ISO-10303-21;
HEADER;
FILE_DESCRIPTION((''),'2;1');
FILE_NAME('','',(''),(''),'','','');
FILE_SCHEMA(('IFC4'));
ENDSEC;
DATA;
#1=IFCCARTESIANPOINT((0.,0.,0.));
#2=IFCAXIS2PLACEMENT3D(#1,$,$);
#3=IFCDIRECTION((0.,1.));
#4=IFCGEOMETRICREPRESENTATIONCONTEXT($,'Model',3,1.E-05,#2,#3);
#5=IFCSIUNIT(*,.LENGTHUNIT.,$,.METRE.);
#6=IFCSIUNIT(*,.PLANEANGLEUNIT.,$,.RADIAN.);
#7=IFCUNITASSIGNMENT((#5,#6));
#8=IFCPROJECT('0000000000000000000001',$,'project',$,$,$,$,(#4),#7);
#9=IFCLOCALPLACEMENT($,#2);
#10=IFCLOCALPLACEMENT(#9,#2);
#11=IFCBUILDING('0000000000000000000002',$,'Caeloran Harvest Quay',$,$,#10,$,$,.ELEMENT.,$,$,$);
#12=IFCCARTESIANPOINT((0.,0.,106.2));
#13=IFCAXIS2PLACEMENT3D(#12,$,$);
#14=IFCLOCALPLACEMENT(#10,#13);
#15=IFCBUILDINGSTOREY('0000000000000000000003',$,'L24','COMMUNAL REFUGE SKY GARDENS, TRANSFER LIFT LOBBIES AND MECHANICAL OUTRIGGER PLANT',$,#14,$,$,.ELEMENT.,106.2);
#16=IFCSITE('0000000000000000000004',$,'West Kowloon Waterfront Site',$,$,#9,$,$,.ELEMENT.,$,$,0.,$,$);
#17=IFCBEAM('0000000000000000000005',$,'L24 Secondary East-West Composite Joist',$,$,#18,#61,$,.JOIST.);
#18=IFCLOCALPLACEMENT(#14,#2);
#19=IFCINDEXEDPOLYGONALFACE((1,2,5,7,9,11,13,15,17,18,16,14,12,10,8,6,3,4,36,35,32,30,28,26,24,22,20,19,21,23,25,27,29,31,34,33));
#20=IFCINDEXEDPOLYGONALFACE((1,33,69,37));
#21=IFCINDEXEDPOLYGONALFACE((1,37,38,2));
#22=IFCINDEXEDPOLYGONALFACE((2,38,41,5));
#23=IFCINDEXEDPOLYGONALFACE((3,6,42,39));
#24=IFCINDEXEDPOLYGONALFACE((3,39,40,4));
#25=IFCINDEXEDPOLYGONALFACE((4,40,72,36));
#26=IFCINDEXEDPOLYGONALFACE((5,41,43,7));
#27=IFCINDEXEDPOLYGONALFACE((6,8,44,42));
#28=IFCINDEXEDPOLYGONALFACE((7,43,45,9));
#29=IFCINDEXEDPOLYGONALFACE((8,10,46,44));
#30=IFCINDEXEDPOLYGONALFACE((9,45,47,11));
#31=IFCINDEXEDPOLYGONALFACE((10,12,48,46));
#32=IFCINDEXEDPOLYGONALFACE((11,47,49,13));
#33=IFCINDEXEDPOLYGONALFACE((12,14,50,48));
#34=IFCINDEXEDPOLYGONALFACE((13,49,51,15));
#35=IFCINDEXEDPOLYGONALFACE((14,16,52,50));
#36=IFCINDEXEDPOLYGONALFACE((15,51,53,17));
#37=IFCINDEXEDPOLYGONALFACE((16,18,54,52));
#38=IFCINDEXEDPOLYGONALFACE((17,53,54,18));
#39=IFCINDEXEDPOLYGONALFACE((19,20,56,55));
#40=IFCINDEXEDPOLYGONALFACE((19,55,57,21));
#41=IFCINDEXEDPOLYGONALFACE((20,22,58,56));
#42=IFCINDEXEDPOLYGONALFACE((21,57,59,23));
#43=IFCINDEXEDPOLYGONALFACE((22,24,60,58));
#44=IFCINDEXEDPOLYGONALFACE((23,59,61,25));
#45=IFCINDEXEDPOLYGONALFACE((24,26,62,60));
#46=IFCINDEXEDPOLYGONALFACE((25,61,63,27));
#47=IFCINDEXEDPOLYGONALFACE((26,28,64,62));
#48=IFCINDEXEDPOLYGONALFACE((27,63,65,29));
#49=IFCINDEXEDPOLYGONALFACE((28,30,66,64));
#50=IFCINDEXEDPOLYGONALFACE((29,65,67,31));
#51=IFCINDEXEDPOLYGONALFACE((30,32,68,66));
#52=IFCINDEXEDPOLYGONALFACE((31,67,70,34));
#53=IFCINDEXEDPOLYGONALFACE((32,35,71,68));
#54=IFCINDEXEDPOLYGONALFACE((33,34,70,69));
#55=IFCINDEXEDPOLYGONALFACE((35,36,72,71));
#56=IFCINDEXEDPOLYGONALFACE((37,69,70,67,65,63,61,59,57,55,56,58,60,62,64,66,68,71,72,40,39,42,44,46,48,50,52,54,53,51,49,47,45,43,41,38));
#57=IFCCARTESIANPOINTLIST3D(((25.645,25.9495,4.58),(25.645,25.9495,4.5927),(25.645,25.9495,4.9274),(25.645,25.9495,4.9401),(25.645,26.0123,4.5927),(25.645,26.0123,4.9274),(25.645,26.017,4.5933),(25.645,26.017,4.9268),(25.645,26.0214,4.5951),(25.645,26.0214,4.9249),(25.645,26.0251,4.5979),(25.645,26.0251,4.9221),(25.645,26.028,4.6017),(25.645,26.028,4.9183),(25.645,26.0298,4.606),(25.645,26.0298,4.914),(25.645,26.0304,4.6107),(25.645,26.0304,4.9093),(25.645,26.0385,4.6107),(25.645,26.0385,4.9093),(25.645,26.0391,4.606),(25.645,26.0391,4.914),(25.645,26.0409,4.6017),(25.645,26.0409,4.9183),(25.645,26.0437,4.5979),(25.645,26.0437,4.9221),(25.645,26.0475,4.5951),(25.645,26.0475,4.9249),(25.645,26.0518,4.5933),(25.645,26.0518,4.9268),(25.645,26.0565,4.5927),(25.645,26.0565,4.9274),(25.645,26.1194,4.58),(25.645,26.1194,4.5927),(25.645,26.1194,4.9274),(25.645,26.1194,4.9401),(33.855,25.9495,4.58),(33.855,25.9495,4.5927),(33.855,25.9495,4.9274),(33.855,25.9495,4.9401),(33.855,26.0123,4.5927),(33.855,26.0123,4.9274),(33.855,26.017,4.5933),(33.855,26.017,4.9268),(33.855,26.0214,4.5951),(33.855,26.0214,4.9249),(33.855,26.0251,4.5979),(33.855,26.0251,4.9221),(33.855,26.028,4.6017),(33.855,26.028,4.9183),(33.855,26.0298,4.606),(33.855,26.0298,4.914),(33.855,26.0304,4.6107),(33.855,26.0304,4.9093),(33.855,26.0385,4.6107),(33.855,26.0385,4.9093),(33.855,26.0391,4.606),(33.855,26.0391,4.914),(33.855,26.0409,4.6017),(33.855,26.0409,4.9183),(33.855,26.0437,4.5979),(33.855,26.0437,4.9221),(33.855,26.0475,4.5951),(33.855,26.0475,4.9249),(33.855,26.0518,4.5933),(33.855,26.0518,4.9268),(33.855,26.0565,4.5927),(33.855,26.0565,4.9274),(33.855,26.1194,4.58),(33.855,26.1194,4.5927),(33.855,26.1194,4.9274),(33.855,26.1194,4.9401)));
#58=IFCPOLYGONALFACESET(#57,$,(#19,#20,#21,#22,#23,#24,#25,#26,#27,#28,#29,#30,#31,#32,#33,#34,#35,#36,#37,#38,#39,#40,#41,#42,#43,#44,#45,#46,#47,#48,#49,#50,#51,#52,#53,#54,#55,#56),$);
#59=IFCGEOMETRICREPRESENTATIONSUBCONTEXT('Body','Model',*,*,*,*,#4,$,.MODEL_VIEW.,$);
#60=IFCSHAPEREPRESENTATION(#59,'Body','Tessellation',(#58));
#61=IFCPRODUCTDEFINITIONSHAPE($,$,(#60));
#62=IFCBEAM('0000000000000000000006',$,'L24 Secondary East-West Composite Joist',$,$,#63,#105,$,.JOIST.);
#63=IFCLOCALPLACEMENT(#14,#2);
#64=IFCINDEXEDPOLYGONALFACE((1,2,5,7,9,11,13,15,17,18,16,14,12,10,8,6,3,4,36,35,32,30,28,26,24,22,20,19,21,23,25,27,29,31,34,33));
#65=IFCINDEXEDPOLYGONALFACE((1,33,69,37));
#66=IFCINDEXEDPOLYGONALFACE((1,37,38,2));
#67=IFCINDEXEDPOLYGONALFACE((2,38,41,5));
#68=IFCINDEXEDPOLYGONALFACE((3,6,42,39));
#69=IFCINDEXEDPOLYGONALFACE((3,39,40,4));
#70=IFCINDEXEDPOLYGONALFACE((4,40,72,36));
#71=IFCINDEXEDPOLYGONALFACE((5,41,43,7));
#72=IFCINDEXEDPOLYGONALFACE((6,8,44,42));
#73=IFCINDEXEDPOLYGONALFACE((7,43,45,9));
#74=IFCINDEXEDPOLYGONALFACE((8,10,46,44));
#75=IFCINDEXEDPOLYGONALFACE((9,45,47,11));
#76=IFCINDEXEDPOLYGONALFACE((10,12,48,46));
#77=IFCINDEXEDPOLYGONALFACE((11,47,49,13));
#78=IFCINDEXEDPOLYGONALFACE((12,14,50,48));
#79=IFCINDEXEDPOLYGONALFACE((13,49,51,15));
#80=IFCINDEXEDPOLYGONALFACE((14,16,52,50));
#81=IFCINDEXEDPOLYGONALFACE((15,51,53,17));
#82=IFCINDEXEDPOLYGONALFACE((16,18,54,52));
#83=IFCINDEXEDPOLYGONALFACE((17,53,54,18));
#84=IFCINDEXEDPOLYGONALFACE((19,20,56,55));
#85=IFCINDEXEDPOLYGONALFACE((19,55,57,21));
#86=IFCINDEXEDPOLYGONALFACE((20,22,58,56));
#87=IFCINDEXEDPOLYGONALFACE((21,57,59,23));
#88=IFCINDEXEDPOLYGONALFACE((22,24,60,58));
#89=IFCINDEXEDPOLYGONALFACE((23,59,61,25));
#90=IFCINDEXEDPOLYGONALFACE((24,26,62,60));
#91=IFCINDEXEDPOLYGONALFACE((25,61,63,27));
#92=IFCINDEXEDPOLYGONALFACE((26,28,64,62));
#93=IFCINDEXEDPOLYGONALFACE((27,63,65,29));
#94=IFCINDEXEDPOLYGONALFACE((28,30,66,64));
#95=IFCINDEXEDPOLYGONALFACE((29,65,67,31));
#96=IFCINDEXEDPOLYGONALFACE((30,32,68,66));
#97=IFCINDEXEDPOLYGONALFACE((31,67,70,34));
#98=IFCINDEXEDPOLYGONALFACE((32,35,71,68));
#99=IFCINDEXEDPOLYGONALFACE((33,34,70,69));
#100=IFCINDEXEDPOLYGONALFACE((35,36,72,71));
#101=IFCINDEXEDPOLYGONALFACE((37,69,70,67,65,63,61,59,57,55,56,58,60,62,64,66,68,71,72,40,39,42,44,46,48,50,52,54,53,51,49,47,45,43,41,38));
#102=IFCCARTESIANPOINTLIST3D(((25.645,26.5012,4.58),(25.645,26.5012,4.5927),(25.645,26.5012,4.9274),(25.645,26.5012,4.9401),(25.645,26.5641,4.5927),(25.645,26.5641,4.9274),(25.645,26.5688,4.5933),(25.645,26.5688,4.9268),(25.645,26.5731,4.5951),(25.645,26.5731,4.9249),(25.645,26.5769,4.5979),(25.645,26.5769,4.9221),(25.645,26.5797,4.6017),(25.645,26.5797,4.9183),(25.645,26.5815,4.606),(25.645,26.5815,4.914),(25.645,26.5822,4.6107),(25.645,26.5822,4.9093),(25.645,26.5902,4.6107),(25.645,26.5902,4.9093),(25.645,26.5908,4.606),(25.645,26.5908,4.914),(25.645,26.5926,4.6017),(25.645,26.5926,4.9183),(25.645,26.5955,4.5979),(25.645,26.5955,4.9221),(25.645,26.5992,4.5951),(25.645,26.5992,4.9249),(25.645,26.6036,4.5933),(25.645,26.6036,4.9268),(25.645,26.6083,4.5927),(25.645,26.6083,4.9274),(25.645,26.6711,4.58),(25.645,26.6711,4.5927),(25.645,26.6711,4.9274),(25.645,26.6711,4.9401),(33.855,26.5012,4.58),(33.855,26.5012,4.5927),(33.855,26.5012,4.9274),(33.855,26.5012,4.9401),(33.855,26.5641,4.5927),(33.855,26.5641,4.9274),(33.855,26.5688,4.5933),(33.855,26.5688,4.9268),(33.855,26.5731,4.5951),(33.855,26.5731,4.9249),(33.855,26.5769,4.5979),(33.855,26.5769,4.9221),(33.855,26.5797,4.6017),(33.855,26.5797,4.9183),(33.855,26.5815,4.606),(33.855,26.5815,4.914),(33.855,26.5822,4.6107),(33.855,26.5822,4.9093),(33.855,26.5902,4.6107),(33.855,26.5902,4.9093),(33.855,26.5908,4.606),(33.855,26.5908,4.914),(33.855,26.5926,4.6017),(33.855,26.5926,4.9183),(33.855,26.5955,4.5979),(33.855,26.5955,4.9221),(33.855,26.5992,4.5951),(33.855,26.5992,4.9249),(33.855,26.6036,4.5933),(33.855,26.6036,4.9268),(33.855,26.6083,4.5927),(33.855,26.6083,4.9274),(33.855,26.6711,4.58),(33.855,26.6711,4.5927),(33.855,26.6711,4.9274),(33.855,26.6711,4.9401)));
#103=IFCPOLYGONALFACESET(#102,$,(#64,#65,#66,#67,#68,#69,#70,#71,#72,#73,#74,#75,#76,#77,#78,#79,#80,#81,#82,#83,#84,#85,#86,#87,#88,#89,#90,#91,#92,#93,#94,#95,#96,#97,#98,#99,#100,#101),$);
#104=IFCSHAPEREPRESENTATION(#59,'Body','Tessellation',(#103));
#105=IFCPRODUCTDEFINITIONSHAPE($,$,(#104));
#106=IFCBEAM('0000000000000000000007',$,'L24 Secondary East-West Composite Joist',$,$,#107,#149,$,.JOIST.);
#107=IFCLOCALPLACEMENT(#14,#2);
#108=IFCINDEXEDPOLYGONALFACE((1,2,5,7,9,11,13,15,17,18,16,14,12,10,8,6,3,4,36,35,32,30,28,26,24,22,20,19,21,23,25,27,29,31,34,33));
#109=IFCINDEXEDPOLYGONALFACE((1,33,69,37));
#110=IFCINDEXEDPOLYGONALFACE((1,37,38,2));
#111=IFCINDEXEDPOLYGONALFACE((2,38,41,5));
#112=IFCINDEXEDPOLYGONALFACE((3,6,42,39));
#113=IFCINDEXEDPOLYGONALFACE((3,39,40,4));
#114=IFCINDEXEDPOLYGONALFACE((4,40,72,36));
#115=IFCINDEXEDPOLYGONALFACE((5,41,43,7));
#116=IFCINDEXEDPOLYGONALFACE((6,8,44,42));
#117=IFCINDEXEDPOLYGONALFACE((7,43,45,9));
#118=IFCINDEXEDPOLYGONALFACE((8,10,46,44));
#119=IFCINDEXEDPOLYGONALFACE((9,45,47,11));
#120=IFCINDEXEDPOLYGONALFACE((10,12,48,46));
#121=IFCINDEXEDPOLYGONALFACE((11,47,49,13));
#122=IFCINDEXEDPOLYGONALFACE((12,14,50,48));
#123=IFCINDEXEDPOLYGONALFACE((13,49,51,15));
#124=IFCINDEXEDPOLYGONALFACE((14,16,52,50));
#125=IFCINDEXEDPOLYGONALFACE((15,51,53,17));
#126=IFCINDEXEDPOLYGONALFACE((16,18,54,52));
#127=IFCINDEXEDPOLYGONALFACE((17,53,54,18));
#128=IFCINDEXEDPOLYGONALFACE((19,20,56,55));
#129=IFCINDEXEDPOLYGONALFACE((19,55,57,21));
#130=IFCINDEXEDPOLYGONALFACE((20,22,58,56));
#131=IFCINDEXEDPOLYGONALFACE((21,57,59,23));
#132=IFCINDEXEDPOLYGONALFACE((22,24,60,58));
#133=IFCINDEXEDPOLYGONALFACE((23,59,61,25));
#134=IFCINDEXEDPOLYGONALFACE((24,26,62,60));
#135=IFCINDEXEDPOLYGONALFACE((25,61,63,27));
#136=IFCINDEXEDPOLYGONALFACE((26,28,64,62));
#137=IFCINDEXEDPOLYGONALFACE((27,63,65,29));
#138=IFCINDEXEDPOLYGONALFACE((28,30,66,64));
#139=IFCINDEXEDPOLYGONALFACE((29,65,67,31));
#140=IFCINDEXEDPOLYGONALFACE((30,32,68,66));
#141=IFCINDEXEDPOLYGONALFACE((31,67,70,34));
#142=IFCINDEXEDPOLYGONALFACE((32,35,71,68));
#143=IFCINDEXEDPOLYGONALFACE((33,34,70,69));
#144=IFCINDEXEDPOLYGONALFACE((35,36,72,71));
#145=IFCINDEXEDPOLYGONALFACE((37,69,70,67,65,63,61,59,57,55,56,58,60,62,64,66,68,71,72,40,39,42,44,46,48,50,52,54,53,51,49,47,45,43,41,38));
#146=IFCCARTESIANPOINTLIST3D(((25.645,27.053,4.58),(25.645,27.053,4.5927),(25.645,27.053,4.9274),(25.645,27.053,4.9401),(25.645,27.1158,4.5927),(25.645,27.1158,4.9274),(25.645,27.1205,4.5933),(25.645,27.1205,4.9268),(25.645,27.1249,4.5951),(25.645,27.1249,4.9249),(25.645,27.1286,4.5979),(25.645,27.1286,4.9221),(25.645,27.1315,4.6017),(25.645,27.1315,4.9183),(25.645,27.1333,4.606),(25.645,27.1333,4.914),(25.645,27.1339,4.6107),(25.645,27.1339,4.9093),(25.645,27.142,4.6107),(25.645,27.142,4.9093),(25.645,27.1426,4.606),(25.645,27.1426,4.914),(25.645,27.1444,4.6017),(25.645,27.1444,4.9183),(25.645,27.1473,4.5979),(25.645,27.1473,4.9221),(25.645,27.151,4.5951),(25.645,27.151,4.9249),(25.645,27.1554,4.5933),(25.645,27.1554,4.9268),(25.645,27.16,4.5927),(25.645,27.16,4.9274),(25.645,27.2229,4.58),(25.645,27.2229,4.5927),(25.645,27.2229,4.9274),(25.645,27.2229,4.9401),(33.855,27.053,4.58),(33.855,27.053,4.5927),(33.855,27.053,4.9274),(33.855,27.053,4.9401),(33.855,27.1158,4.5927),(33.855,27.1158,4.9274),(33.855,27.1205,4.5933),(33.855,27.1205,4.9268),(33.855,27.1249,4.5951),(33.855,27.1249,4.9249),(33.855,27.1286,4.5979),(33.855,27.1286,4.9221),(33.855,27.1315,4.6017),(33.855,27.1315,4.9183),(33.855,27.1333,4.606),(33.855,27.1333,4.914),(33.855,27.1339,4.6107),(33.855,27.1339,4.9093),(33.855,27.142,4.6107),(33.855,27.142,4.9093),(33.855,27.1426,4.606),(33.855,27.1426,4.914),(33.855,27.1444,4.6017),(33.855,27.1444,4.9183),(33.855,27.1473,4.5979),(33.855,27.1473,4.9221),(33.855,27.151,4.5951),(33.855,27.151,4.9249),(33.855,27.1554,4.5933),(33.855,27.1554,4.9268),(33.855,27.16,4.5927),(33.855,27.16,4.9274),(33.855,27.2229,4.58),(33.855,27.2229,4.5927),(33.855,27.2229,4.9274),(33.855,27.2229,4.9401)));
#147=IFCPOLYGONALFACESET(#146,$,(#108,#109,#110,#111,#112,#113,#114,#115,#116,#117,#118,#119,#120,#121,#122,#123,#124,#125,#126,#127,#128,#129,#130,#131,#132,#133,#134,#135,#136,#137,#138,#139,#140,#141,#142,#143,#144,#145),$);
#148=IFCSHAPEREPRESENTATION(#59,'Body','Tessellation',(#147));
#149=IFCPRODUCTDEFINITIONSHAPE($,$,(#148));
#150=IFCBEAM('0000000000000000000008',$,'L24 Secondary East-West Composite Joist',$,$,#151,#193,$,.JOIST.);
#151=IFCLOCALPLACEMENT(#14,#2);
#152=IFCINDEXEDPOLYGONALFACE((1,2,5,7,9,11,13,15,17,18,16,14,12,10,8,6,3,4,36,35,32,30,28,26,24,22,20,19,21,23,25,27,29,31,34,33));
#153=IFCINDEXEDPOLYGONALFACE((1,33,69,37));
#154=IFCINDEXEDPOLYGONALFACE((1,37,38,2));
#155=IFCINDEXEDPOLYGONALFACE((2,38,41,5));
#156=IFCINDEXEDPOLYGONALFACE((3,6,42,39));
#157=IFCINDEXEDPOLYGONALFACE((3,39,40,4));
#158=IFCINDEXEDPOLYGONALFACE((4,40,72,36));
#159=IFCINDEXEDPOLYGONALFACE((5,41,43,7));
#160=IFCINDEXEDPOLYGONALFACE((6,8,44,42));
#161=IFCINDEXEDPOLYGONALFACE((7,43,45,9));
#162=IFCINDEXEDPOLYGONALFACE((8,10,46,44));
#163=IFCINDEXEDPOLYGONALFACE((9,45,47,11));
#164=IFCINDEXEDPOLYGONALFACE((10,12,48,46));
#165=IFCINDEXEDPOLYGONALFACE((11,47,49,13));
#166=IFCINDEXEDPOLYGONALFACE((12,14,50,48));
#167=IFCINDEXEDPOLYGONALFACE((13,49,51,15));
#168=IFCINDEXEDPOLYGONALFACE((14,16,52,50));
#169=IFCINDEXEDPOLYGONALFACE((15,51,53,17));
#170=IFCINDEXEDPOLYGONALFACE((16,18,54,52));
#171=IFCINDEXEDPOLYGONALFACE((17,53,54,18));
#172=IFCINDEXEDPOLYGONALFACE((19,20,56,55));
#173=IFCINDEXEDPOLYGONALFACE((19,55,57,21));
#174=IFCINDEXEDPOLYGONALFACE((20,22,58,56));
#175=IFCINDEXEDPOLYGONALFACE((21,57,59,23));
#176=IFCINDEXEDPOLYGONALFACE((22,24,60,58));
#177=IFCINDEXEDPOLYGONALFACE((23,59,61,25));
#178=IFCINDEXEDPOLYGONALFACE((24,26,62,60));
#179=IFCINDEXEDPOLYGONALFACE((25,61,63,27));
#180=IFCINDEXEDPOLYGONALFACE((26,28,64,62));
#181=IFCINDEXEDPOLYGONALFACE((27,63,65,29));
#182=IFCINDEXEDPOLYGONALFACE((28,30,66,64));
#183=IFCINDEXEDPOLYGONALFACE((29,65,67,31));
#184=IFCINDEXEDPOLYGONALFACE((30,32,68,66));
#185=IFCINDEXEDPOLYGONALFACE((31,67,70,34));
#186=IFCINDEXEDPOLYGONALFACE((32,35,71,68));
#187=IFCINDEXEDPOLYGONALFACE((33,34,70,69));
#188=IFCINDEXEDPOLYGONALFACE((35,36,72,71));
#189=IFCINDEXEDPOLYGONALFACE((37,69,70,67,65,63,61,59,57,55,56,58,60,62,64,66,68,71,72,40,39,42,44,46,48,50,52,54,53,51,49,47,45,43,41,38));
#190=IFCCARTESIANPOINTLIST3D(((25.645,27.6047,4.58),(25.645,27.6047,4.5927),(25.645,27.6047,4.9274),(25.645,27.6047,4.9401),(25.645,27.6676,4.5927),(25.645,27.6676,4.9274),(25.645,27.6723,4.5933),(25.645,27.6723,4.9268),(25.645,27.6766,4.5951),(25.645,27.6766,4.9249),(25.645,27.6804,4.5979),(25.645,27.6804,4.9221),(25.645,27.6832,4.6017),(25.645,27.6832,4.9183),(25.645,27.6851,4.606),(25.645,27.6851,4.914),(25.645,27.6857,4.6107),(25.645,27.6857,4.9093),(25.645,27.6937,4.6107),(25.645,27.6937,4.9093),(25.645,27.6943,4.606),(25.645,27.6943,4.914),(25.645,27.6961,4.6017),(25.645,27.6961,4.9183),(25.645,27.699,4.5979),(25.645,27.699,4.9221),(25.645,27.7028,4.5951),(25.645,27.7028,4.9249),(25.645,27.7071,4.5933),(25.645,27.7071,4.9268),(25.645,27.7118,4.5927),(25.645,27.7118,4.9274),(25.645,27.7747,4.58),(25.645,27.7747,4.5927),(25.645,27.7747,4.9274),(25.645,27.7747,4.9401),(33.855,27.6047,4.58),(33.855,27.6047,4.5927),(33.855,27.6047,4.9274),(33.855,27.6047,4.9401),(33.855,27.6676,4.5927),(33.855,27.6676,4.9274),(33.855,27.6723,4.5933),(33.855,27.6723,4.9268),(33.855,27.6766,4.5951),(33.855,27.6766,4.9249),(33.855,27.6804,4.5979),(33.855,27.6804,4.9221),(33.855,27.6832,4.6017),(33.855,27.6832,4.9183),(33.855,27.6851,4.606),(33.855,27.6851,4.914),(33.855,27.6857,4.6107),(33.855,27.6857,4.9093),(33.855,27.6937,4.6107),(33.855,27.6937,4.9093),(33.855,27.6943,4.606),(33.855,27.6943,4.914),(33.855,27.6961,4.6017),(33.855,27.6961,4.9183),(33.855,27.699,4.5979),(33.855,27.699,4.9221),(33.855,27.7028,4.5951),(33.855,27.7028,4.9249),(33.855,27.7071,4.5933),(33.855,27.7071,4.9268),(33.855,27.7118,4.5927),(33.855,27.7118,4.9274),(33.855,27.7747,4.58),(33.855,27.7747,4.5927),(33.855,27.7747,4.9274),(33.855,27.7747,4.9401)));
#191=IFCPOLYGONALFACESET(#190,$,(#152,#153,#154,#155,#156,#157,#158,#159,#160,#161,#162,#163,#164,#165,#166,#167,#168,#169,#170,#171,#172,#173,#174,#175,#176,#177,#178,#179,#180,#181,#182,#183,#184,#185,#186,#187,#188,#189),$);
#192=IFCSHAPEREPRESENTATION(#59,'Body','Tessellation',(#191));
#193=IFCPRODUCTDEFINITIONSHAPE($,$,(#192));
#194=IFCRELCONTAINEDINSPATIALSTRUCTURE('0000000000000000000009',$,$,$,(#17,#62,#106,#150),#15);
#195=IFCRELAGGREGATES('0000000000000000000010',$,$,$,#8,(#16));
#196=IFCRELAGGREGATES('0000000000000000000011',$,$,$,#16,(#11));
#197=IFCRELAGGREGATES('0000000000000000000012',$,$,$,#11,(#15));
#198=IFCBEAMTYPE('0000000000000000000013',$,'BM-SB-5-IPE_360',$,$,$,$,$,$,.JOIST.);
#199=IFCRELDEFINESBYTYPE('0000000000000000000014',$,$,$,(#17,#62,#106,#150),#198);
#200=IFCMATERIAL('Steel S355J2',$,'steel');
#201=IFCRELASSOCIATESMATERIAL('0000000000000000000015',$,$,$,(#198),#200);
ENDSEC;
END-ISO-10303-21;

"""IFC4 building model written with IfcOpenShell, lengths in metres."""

from ifc_helpers import new_model, si_unit, direction, frame, origin, origin_2d, place, context, subcontext, project, spatial, i_section, extrude, material, material_profile, profile_set, type_object, element, save


model = new_model("IFC4")

# Units and contexts
model_context = context("Model", 3, precision=1e-05, world=origin(), true_north=direction((0.0, 1.0)))
body_context = subcontext(model_context, "Body", "Model", "MODEL_VIEW")
ifc_project = project(units=[si_unit("LENGTHUNIT", "METRE"), si_unit("PLANEANGLEUNIT", "RADIAN")], contexts=[model_context])

# Site, building, storey
site_placement = place(None, origin())
site = spatial("IfcSite", under=ifc_project, at=site_placement, Name="West Kowloon Waterfront Site", CompositionType="ELEMENT", RefElevation=0.0)
building_placement = place(site_placement, origin())
building = spatial("IfcBuilding", under=site, at=building_placement, Name="Caeloran Harvest Quay", CompositionType="ELEMENT")
storey_placement = place(building_placement, frame((0.0, 0.0, 106.2)))
storey = spatial("IfcBuildingStorey", under=building, at=storey_placement, Name="L24", Description="COMMUNAL REFUGE SKY GARDENS, TRANSFER LIFT LOBBIES AND MECHANICAL OUTRIGGER PLANT", CompositionType="ELEMENT", Elevation=106.2)

# Beams
ifc_material = material(Name="Steel S355J2", Category="steel")
ifc_material_profile_1 = material_profile(ifc_material, i_section(OverallWidth=0.1699, OverallDepth=0.3601, WebThickness=0.0081, FlangeThickness=0.0127, FilletRadius=0.0181, at=origin_2d()), Name="IPE 360")
ifc_profile_set_1 = profile_set([ifc_material_profile_1], Name="Steel S355J2")
beam_type_1 = type_object("IfcBeamType", Name="BM-SB-5-IPE_360", PredefinedType="JOIST", material=ifc_profile_set_1)
for number, where, z_axis, x_axis, name in (
    (1, (25.645, 26.0344, 4.76), (1.0, 0.0, 0.0), (0.0, 1.0, 0.0), "L24 Secondary East-West Composite Joist"),
    (2, (25.645, 26.5862, 4.76), (1.0, 0.0, 0.0), (0.0, 1.0, 0.0), "L24 Secondary East-West Composite Joist"),
    (3, (25.645, 27.1379, 4.76), (1.0, 0.0, 0.0), (0.0, 1.0, 0.0), "L24 Secondary East-West Composite Joist"),
    (4, (25.645, 27.6897, 4.76), (1.0, 0.0, 0.0), (0.0, 1.0, 0.0), "L24 Secondary East-West Composite Joist"),
):
    element("IfcBeam", number, at=place(storey_placement, frame(where, z_axis=z_axis, x_axis=x_axis)), inside=storey, type_object=beam_type_1, Name=name, PredefinedType="JOIST", context=body_context, shape_type="SweptSolid", body=[
        extrude(i_section(OverallWidth=0.1699, OverallDepth=0.3601, WebThickness=0.0081, FlangeThickness=0.0127, FilletRadius=0.0181, at=origin_2d()), origin(), (0.0, 0.0, 1.0), 8.21),
    ])

save(model, "model.ifc")
